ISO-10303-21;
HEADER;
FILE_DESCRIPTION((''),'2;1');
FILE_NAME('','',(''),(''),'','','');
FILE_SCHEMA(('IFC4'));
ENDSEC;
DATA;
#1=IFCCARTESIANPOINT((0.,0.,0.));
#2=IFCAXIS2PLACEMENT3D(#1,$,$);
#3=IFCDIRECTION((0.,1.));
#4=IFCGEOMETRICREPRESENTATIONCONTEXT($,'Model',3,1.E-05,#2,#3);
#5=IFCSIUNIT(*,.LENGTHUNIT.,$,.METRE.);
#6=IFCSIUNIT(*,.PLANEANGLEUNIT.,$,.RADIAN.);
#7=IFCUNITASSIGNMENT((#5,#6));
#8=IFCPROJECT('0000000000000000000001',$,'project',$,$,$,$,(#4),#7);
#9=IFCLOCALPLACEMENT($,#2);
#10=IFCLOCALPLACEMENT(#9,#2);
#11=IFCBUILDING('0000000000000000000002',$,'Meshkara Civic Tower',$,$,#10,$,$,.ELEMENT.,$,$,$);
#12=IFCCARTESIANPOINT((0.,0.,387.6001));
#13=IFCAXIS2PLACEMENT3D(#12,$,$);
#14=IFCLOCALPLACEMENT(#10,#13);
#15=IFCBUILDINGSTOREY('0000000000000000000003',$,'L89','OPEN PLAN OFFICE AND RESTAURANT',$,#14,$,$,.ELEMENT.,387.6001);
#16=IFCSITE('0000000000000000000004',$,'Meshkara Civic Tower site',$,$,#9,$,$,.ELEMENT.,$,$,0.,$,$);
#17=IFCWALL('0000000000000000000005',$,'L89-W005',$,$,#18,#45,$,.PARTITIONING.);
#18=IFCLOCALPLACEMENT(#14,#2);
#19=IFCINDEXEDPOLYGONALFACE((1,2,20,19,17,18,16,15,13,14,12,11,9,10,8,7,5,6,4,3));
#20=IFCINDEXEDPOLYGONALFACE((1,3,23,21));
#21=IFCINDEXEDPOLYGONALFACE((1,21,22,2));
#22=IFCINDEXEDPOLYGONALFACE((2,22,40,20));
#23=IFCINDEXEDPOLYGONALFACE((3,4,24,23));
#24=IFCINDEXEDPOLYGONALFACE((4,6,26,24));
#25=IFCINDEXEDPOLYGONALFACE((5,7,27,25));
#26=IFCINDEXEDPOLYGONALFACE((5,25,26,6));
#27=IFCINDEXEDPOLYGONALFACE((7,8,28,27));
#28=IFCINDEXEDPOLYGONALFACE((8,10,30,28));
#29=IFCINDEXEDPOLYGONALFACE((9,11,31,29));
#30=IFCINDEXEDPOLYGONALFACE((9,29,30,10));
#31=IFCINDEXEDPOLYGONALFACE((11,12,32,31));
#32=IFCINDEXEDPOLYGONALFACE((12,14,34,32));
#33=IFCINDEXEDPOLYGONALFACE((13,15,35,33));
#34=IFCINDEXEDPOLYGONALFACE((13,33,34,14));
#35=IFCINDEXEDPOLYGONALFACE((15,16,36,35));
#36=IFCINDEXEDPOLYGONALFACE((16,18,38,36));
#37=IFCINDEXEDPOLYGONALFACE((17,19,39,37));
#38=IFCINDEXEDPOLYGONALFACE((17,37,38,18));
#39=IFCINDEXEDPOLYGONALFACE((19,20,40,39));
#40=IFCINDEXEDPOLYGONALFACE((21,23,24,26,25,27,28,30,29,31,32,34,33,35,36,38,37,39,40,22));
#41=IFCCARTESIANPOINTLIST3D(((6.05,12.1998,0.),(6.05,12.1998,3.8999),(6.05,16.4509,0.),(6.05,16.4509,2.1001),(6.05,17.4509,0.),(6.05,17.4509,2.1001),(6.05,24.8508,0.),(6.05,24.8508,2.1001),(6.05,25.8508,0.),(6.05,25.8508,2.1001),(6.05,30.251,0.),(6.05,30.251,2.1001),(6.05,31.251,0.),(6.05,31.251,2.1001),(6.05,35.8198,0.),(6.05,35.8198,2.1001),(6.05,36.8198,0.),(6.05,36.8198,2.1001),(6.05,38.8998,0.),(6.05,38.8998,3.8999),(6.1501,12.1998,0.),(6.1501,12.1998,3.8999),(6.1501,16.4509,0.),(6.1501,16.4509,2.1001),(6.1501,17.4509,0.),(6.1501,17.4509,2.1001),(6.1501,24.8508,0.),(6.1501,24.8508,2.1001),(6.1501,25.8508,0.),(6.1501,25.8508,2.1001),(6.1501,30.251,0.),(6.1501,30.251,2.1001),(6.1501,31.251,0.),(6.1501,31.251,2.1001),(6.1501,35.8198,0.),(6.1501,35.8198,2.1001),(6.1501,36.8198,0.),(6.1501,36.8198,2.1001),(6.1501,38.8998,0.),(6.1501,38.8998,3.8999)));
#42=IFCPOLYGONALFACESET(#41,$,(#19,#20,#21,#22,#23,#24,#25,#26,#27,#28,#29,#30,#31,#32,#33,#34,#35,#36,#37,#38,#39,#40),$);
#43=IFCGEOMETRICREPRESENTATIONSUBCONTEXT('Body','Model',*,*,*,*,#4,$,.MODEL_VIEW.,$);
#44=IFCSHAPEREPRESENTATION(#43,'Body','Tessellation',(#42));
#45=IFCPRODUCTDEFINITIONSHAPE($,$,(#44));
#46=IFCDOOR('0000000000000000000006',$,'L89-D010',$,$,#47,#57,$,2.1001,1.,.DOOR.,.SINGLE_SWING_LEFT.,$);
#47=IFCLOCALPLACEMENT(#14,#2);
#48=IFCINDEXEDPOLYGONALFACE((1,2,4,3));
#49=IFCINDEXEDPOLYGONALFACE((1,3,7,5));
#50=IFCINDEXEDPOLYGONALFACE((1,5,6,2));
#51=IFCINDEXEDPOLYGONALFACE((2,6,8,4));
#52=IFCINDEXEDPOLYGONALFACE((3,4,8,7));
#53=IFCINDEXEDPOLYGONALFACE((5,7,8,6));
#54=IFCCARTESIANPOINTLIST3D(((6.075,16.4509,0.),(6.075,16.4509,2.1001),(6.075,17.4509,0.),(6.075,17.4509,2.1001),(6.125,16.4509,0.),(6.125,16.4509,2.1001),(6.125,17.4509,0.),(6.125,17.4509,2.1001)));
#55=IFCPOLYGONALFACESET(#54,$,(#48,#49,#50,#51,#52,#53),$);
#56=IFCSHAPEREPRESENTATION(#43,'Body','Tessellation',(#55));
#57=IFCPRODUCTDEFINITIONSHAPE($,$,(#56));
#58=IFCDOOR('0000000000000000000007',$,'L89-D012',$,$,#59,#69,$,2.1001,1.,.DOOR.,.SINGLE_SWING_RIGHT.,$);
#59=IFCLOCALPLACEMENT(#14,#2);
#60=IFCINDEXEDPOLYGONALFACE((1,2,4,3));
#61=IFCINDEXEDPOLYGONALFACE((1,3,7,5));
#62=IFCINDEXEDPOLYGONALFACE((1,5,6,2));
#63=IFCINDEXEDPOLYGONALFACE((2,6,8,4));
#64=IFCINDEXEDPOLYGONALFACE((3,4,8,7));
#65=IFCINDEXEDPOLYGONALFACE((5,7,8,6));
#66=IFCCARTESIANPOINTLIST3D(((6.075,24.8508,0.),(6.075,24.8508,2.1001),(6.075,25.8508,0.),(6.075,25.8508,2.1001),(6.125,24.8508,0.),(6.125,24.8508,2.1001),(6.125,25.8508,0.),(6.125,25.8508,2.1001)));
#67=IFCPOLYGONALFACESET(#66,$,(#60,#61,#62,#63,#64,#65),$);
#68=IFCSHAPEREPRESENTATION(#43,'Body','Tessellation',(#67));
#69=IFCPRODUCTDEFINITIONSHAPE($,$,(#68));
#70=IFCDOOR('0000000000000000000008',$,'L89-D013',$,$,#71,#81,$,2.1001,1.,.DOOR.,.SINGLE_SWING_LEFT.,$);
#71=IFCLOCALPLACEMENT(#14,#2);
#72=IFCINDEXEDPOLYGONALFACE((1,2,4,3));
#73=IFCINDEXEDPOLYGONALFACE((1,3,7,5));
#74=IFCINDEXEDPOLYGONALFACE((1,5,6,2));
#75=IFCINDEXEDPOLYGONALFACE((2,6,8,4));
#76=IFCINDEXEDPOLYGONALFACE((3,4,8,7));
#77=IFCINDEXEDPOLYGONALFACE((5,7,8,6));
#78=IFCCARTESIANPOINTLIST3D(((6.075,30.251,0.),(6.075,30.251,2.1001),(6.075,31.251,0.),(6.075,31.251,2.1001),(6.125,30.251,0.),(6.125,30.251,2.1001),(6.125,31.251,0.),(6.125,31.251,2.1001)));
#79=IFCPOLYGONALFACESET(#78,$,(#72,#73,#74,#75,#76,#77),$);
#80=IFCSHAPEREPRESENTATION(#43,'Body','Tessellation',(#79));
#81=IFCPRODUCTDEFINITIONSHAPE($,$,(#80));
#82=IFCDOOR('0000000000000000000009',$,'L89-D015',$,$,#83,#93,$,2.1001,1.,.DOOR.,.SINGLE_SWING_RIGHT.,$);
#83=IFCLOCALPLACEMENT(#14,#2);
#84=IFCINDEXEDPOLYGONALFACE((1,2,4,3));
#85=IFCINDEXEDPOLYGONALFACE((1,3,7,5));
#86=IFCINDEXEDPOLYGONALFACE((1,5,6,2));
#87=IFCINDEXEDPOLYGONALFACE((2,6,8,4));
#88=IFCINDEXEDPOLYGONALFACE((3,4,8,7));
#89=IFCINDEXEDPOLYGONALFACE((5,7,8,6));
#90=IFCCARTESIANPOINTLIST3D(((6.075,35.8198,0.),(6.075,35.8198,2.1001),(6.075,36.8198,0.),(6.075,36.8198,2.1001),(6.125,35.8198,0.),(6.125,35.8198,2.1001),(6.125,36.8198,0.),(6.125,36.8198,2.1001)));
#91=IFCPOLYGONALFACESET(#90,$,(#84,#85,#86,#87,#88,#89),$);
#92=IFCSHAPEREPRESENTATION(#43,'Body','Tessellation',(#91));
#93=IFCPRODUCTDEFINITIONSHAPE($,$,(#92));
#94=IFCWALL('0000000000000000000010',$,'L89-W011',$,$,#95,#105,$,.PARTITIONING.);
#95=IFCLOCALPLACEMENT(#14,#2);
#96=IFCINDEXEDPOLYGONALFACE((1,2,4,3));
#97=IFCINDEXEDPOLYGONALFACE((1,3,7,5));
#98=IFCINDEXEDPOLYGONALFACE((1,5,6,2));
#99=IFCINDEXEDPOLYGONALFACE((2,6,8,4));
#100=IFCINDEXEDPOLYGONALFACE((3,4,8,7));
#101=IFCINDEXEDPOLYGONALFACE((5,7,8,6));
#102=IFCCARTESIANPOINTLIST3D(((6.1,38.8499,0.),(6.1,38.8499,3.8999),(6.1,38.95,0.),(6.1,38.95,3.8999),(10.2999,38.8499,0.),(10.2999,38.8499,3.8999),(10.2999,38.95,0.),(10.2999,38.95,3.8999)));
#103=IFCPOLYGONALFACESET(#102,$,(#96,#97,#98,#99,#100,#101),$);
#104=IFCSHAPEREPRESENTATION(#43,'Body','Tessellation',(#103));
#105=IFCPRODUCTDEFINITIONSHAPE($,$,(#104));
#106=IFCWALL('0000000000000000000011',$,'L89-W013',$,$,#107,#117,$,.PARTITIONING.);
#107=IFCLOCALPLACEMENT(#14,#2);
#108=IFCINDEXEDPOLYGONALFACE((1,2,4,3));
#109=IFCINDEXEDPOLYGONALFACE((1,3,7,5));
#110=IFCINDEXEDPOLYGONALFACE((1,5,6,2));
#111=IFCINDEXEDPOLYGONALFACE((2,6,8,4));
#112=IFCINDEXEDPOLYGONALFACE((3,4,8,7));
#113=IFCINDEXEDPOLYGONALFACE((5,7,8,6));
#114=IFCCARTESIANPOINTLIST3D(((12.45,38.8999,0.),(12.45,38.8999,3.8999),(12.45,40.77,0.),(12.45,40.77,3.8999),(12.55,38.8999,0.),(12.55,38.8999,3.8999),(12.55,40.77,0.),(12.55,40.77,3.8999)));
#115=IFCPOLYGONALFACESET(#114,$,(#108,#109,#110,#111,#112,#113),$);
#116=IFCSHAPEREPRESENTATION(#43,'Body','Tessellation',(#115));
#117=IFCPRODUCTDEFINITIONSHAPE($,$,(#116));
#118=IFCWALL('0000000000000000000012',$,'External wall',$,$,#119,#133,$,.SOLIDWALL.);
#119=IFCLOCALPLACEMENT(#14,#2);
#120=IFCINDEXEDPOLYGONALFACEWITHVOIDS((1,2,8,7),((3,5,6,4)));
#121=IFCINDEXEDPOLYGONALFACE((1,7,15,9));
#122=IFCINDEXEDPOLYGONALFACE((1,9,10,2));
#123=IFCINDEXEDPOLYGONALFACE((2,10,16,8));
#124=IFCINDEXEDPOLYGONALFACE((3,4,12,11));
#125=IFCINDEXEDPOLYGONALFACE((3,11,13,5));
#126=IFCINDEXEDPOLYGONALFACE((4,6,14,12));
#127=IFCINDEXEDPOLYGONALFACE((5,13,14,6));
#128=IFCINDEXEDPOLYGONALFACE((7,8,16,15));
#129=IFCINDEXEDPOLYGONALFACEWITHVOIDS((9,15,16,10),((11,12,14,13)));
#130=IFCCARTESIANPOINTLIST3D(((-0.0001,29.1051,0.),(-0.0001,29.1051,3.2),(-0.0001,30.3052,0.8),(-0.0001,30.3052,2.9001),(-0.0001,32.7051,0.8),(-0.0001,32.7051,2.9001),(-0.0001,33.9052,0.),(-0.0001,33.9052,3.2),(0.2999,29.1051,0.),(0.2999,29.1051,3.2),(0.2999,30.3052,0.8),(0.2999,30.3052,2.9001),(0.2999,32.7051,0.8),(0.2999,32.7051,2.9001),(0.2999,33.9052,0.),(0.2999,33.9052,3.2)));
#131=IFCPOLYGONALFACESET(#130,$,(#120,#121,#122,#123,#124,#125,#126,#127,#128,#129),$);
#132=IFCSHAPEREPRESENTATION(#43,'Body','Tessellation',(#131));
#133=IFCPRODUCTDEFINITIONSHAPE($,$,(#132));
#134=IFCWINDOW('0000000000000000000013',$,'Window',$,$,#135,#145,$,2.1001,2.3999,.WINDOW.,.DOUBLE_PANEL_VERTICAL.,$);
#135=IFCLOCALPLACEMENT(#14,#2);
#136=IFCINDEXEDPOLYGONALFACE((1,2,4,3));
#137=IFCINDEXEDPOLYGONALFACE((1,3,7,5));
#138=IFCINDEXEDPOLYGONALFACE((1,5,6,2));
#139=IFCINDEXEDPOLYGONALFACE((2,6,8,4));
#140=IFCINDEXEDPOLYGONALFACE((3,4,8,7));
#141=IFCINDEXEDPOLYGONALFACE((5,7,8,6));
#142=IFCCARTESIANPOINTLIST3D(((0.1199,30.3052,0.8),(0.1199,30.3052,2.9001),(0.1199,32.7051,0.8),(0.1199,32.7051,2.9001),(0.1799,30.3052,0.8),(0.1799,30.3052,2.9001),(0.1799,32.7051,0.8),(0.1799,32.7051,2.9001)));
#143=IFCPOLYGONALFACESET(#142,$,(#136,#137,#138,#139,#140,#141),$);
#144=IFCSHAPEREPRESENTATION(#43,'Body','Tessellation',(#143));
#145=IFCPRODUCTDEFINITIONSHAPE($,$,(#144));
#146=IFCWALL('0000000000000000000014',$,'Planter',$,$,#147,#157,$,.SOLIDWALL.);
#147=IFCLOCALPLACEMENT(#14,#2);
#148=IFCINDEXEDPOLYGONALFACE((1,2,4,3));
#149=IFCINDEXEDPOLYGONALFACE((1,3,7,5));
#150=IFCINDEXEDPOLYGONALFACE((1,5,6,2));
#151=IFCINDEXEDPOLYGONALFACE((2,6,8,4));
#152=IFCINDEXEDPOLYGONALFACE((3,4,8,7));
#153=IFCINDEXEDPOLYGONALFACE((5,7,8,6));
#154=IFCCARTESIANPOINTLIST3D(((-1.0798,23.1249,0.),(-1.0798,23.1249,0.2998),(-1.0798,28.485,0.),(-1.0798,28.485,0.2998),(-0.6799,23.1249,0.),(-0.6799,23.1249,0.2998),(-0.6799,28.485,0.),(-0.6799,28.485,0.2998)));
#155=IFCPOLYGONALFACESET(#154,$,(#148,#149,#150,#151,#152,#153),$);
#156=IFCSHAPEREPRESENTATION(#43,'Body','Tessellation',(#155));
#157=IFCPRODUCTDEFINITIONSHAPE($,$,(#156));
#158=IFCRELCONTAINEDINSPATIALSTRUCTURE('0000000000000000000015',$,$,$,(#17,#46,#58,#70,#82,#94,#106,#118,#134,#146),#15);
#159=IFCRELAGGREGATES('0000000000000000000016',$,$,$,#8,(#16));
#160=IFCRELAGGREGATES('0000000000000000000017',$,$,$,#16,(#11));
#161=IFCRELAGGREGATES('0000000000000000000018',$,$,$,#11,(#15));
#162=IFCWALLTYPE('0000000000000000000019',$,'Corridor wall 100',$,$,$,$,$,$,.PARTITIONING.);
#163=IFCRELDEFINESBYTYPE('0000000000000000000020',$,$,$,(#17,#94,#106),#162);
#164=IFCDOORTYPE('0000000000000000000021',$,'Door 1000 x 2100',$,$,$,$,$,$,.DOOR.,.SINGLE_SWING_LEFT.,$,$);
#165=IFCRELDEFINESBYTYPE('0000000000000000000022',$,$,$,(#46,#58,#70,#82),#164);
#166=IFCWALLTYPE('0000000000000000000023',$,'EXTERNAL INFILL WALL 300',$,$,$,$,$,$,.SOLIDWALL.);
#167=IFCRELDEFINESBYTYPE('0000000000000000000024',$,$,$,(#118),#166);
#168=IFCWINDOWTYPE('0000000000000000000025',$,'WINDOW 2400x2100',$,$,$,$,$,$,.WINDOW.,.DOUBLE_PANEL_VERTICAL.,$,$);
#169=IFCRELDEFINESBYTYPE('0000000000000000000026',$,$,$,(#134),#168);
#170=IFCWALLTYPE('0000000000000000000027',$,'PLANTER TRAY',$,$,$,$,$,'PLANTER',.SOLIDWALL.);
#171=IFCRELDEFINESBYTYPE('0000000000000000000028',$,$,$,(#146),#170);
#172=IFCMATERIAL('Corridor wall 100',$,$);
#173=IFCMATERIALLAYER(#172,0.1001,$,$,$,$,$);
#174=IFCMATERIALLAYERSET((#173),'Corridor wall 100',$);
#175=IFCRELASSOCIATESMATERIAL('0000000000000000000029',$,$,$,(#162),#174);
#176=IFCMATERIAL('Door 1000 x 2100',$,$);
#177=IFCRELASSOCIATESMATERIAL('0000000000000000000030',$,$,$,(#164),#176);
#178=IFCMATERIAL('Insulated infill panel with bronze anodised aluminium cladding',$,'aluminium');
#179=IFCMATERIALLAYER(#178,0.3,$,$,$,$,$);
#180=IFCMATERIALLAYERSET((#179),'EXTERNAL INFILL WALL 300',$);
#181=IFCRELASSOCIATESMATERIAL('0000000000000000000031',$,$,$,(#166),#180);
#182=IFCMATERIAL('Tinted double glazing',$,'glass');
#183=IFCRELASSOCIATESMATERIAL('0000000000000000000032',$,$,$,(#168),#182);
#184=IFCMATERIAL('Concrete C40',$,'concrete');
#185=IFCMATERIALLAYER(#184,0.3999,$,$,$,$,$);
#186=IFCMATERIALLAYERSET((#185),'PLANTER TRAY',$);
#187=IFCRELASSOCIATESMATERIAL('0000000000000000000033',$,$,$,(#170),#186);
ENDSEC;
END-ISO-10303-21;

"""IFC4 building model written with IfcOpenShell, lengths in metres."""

from ifc_helpers import new_model, si_unit, direction, frame, frame_2d, origin, place, context, subcontext, project, spatial, rectangle, extrude, material, layer, layer_set, type_object, element, fill, save


model = new_model("IFC4")

# Units and contexts
model_context = context("Model", 3, precision=1e-05, world=origin(), true_north=direction((0.0, 1.0)))
body_context = subcontext(model_context, "Body", "Model", "MODEL_VIEW")
ifc_project = project(units=[si_unit("LENGTHUNIT", "METRE"), si_unit("PLANEANGLEUNIT", "RADIAN")], contexts=[model_context])

# Site, building, storey
site_placement = place(None, origin())
site = spatial("IfcSite", under=ifc_project, at=site_placement, Name="Meshkara Civic Tower site", CompositionType="ELEMENT", RefElevation=0.0)
building_placement = place(site_placement, origin())
building = spatial("IfcBuilding", under=site, at=building_placement, Name="Meshkara Civic Tower", CompositionType="ELEMENT")
storey_placement = place(building_placement, frame((0.0, 0.0, 387.6001)))
storey = spatial("IfcBuildingStorey", under=building, at=storey_placement, Name="L89", Description="OPEN PLAN OFFICE AND RESTAURANT", CompositionType="ELEMENT", Elevation=387.6001)

# Wall, openings, doors
ifc_material_1 = material(Name="Corridor wall 100")
ifc_layer_1 = layer(ifc_material_1, 0.1001)
ifc_layer_set_1 = layer_set([ifc_layer_1], Name="Corridor wall 100")
wall_type_1 = type_object("IfcWallType", Name="Corridor wall 100", PredefinedType="PARTITIONING", material=ifc_layer_set_1)
wall_1_placement = place(storey_placement, frame((6.1001, 38.8999, 0.0), z_axis=(0.0, 0.0, 1.0), x_axis=(0.0, -1.0, 0.0)))
wall_1 = element("IfcWall", 1, at=wall_1_placement, inside=storey, type_object=wall_type_1, Name="L89-W005", PredefinedType="PARTITIONING", context=body_context, shape_type="SweptSolid", body=[
    extrude(rectangle(XDim=26.7, YDim=0.1001, at=frame_2d((13.3501, 0.0))), origin(), (0.0, 0.0, 1.0), 3.8999),
])
opening_1_placement = place(wall_1_placement, frame((21.449, 0.0, 0.0)))
opening_1 = element("IfcOpeningElement", 2, at=opening_1_placement, cuts=wall_1, PredefinedType="OPENING", context=body_context, shape_type="SweptSolid", body=[
    extrude(rectangle(XDim=1.0, YDim=2.1001, at=frame_2d((0.5, 1.05))), frame((0.0, 0.0601, 0.0), z_axis=(0.0, -1.0, 0.0), x_axis=(1.0, 0.0, 0.0)), (0.0, 0.0, 1.0), 0.1201),
])
opening_2_placement = place(wall_1_placement, frame((13.0491, 0.0, 0.0)))
opening_2 = element("IfcOpeningElement", 3, at=opening_2_placement, cuts=wall_1, PredefinedType="OPENING", context=body_context, shape_type="SweptSolid", body=[
    extrude(rectangle(XDim=1.0, YDim=2.1001, at=frame_2d((0.5, 1.05))), frame((0.0, 0.0601, 0.0), z_axis=(0.0, -1.0, 0.0), x_axis=(1.0, 0.0, 0.0)), (0.0, 0.0, 1.0), 0.1201),
])
opening_3_placement = place(wall_1_placement, frame((7.6489, 0.0, 0.0)))
opening_3 = element("IfcOpeningElement", 4, at=opening_3_placement, cuts=wall_1, PredefinedType="OPENING", context=body_context, shape_type="SweptSolid", body=[
    extrude(rectangle(XDim=1.0, YDim=2.1001, at=frame_2d((0.5, 1.05))), frame((0.0, 0.0601, 0.0), z_axis=(0.0, -1.0, 0.0), x_axis=(1.0, 0.0, 0.0)), (0.0, 0.0, 1.0), 0.1201),
])
opening_4_placement = place(wall_1_placement, frame((2.0801, 0.0, 0.0)))
opening_4 = element("IfcOpeningElement", 5, at=opening_4_placement, cuts=wall_1, PredefinedType="OPENING", context=body_context, shape_type="SweptSolid", body=[
    extrude(rectangle(XDim=1.0, YDim=2.1001, at=frame_2d((0.5, 1.05))), frame((0.0, 0.0601, 0.0), z_axis=(0.0, -1.0, 0.0), x_axis=(1.0, 0.0, 0.0)), (0.0, 0.0, 1.0), 0.1201),
])
ifc_material_2 = material(Name="Door 1000 x 2100")
door_type_1 = type_object("IfcDoorType", Name="Door 1000 x 2100", OperationType="SINGLE_SWING_LEFT", PredefinedType="DOOR", material=ifc_material_2)
door_1_placement = place(opening_1_placement, origin())
door_1 = element("IfcDoor", 6, at=door_1_placement, inside=storey, type_object=door_type_1, Name="L89-D010", OperationType="SINGLE_SWING_LEFT", OverallHeight=2.1001, OverallWidth=1.0, PredefinedType="DOOR", context=body_context, shape_type="SweptSolid", body=[
    extrude(rectangle(XDim=1.0, YDim=2.1001, at=frame_2d((0.5, 1.05))), frame((0.0, 0.0249, 0.0), z_axis=(0.0, -1.0, 0.0), x_axis=(1.0, 0.0, 0.0)), (0.0, 0.0, 1.0), 0.05),
])
fill(opening_1, door_1)
door_2_placement = place(opening_2_placement, origin())
door_2 = element("IfcDoor", 7, at=door_2_placement, inside=storey, type_object=door_type_1, Name="L89-D012", OperationType="SINGLE_SWING_RIGHT", OverallHeight=2.1001, OverallWidth=1.0, PredefinedType="DOOR", context=body_context, shape_type="SweptSolid", body=[
    extrude(rectangle(XDim=1.0, YDim=2.1001, at=frame_2d((0.5, 1.05))), frame((0.0, 0.0249, 0.0), z_axis=(0.0, -1.0, 0.0), x_axis=(1.0, 0.0, 0.0)), (0.0, 0.0, 1.0), 0.05),
])
fill(opening_2, door_2)
door_3_placement = place(opening_3_placement, origin())
door_3 = element("IfcDoor", 8, at=door_3_placement, inside=storey, type_object=door_type_1, Name="L89-D013", OperationType="SINGLE_SWING_LEFT", OverallHeight=2.1001, OverallWidth=1.0, PredefinedType="DOOR", context=body_context, shape_type="SweptSolid", body=[
    extrude(rectangle(XDim=1.0, YDim=2.1001, at=frame_2d((0.5, 1.05))), frame((0.0, 0.0249, 0.0), z_axis=(0.0, -1.0, 0.0), x_axis=(1.0, 0.0, 0.0)), (0.0, 0.0, 1.0), 0.05),
])
fill(opening_3, door_3)
door_4_placement = place(opening_4_placement, origin())
door_4 = element("IfcDoor", 9, at=door_4_placement, inside=storey, type_object=door_type_1, Name="L89-D015", OperationType="SINGLE_SWING_RIGHT", OverallHeight=2.1001, OverallWidth=1.0, PredefinedType="DOOR", context=body_context, shape_type="SweptSolid", body=[
    extrude(rectangle(XDim=1.0, YDim=2.1001, at=frame_2d((0.5, 1.05))), frame((0.0, 0.0249, 0.0), z_axis=(0.0, -1.0, 0.0), x_axis=(1.0, 0.0, 0.0)), (0.0, 0.0, 1.0), 0.05),
])
fill(opening_4, door_4)

# Walls
wall_2_placement = place(storey_placement, frame((10.3, 38.8999, 0.0), z_axis=(0.0, 0.0, 1.0), x_axis=(-1.0, 0.0, 0.0)))
element("IfcWall", 10, at=wall_2_placement, inside=storey, type_object=wall_type_1, Name="L89-W011", PredefinedType="PARTITIONING", context=body_context, shape_type="SweptSolid", body=[
    extrude(rectangle(XDim=4.2, YDim=0.1001, at=frame_2d((2.1001, 0.0))), origin(), (0.0, 0.0, 1.0), 3.8999),
])
wall_3_placement = place(storey_placement, frame((12.5, 38.8999, 0.0), z_axis=(0.0, 0.0, 1.0), x_axis=(0.0, 1.0, 0.0)))
element("IfcWall", 11, at=wall_3_placement, inside=storey, type_object=wall_type_1, Name="L89-W013", PredefinedType="PARTITIONING", context=body_context, shape_type="SweptSolid", body=[
    extrude(rectangle(XDim=1.8701, YDim=0.1001, at=frame_2d((0.9351, 0.0))), origin(), (0.0, 0.0, 1.0), 3.8999),
])

# Wall, opening, window
ifc_material_3 = material(Name="Insulated infill panel with bronze anodised aluminium cladding", Category="aluminium")
ifc_layer_2 = layer(ifc_material_3, 0.3)
ifc_layer_set_2 = layer_set([ifc_layer_2], Name="EXTERNAL INFILL WALL 300")
wall_type_2 = type_object("IfcWallType", Name="EXTERNAL INFILL WALL 300", PredefinedType="SOLIDWALL", material=ifc_layer_set_2)
wall_4_placement = place(storey_placement, frame((0.1499, 33.905, 0.0), z_axis=(0.0, 0.0, 1.0), x_axis=(0.0, -1.0, 0.0)))
wall_4 = element("IfcWall", 12, at=wall_4_placement, inside=storey, type_object=wall_type_2, Name="External wall", PredefinedType="SOLIDWALL", context=body_context, shape_type="SweptSolid", body=[
    extrude(rectangle(XDim=4.8, YDim=0.3, at=frame_2d((2.3999, 0.0))), origin(), (0.0, 0.0, 1.0), 3.2),
])
opening_5_placement = place(wall_4_placement, frame((1.2, 0.0, 0.8)))
opening_5 = element("IfcOpeningElement", 13, at=opening_5_placement, cuts=wall_4, PredefinedType="OPENING", context=body_context, shape_type="SweptSolid", body=[
    extrude(rectangle(XDim=2.3999, YDim=2.1001, at=frame_2d((1.2, 1.05))), frame((0.0, 0.1599, 0.0), z_axis=(0.0, -1.0, 0.0), x_axis=(1.0, 0.0, 0.0)), (0.0, 0.0, 1.0), 0.3201),
])
ifc_material_4 = material(Name="Tinted double glazing", Category="glass")
window_type = type_object("IfcWindowType", Name="WINDOW 2400x2100", PartitioningType="DOUBLE_PANEL_VERTICAL", PredefinedType="WINDOW", material=ifc_material_4)
window_placement = place(opening_5_placement, origin())
window = element("IfcWindow", 14, at=window_placement, inside=storey, type_object=window_type, Name="Window", OverallHeight=2.1001, OverallWidth=2.3999, PartitioningType="DOUBLE_PANEL_VERTICAL", PredefinedType="WINDOW", context=body_context, shape_type="SweptSolid", body=[
    extrude(rectangle(XDim=2.3999, YDim=2.1001, at=frame_2d((1.2, 1.05))), frame((0.0, 0.03, 0.0), z_axis=(0.0, -1.0, 0.0), x_axis=(1.0, 0.0, 0.0)), (0.0, 0.0, 1.0), 0.0601),
])
fill(opening_5, window)

# Wall
ifc_material_5 = material(Name="Concrete C40", Category="concrete")
ifc_layer_3 = layer(ifc_material_5, 0.3999)
ifc_layer_set_3 = layer_set([ifc_layer_3], Name="PLANTER TRAY")
wall_type_3 = type_object("IfcWallType", Name="PLANTER TRAY", ElementType="PLANTER", PredefinedType="SOLIDWALL", material=ifc_layer_set_3)
wall_5_placement = place(storey_placement, frame((-0.8799, 28.4851, 0.0), z_axis=(0.0, 0.0, 1.0), x_axis=(0.0, -1.0, 0.0)))
element("IfcWall", 15, at=wall_5_placement, inside=storey, type_object=wall_type_3, Name="Planter", PredefinedType="SOLIDWALL", context=body_context, shape_type="SweptSolid", body=[
    extrude(rectangle(XDim=5.3601, YDim=0.3999, at=frame_2d((2.6802, 0.0))), origin(), (0.0, 0.0, 1.0), 0.2998),
])

save(model, "model.ifc")
